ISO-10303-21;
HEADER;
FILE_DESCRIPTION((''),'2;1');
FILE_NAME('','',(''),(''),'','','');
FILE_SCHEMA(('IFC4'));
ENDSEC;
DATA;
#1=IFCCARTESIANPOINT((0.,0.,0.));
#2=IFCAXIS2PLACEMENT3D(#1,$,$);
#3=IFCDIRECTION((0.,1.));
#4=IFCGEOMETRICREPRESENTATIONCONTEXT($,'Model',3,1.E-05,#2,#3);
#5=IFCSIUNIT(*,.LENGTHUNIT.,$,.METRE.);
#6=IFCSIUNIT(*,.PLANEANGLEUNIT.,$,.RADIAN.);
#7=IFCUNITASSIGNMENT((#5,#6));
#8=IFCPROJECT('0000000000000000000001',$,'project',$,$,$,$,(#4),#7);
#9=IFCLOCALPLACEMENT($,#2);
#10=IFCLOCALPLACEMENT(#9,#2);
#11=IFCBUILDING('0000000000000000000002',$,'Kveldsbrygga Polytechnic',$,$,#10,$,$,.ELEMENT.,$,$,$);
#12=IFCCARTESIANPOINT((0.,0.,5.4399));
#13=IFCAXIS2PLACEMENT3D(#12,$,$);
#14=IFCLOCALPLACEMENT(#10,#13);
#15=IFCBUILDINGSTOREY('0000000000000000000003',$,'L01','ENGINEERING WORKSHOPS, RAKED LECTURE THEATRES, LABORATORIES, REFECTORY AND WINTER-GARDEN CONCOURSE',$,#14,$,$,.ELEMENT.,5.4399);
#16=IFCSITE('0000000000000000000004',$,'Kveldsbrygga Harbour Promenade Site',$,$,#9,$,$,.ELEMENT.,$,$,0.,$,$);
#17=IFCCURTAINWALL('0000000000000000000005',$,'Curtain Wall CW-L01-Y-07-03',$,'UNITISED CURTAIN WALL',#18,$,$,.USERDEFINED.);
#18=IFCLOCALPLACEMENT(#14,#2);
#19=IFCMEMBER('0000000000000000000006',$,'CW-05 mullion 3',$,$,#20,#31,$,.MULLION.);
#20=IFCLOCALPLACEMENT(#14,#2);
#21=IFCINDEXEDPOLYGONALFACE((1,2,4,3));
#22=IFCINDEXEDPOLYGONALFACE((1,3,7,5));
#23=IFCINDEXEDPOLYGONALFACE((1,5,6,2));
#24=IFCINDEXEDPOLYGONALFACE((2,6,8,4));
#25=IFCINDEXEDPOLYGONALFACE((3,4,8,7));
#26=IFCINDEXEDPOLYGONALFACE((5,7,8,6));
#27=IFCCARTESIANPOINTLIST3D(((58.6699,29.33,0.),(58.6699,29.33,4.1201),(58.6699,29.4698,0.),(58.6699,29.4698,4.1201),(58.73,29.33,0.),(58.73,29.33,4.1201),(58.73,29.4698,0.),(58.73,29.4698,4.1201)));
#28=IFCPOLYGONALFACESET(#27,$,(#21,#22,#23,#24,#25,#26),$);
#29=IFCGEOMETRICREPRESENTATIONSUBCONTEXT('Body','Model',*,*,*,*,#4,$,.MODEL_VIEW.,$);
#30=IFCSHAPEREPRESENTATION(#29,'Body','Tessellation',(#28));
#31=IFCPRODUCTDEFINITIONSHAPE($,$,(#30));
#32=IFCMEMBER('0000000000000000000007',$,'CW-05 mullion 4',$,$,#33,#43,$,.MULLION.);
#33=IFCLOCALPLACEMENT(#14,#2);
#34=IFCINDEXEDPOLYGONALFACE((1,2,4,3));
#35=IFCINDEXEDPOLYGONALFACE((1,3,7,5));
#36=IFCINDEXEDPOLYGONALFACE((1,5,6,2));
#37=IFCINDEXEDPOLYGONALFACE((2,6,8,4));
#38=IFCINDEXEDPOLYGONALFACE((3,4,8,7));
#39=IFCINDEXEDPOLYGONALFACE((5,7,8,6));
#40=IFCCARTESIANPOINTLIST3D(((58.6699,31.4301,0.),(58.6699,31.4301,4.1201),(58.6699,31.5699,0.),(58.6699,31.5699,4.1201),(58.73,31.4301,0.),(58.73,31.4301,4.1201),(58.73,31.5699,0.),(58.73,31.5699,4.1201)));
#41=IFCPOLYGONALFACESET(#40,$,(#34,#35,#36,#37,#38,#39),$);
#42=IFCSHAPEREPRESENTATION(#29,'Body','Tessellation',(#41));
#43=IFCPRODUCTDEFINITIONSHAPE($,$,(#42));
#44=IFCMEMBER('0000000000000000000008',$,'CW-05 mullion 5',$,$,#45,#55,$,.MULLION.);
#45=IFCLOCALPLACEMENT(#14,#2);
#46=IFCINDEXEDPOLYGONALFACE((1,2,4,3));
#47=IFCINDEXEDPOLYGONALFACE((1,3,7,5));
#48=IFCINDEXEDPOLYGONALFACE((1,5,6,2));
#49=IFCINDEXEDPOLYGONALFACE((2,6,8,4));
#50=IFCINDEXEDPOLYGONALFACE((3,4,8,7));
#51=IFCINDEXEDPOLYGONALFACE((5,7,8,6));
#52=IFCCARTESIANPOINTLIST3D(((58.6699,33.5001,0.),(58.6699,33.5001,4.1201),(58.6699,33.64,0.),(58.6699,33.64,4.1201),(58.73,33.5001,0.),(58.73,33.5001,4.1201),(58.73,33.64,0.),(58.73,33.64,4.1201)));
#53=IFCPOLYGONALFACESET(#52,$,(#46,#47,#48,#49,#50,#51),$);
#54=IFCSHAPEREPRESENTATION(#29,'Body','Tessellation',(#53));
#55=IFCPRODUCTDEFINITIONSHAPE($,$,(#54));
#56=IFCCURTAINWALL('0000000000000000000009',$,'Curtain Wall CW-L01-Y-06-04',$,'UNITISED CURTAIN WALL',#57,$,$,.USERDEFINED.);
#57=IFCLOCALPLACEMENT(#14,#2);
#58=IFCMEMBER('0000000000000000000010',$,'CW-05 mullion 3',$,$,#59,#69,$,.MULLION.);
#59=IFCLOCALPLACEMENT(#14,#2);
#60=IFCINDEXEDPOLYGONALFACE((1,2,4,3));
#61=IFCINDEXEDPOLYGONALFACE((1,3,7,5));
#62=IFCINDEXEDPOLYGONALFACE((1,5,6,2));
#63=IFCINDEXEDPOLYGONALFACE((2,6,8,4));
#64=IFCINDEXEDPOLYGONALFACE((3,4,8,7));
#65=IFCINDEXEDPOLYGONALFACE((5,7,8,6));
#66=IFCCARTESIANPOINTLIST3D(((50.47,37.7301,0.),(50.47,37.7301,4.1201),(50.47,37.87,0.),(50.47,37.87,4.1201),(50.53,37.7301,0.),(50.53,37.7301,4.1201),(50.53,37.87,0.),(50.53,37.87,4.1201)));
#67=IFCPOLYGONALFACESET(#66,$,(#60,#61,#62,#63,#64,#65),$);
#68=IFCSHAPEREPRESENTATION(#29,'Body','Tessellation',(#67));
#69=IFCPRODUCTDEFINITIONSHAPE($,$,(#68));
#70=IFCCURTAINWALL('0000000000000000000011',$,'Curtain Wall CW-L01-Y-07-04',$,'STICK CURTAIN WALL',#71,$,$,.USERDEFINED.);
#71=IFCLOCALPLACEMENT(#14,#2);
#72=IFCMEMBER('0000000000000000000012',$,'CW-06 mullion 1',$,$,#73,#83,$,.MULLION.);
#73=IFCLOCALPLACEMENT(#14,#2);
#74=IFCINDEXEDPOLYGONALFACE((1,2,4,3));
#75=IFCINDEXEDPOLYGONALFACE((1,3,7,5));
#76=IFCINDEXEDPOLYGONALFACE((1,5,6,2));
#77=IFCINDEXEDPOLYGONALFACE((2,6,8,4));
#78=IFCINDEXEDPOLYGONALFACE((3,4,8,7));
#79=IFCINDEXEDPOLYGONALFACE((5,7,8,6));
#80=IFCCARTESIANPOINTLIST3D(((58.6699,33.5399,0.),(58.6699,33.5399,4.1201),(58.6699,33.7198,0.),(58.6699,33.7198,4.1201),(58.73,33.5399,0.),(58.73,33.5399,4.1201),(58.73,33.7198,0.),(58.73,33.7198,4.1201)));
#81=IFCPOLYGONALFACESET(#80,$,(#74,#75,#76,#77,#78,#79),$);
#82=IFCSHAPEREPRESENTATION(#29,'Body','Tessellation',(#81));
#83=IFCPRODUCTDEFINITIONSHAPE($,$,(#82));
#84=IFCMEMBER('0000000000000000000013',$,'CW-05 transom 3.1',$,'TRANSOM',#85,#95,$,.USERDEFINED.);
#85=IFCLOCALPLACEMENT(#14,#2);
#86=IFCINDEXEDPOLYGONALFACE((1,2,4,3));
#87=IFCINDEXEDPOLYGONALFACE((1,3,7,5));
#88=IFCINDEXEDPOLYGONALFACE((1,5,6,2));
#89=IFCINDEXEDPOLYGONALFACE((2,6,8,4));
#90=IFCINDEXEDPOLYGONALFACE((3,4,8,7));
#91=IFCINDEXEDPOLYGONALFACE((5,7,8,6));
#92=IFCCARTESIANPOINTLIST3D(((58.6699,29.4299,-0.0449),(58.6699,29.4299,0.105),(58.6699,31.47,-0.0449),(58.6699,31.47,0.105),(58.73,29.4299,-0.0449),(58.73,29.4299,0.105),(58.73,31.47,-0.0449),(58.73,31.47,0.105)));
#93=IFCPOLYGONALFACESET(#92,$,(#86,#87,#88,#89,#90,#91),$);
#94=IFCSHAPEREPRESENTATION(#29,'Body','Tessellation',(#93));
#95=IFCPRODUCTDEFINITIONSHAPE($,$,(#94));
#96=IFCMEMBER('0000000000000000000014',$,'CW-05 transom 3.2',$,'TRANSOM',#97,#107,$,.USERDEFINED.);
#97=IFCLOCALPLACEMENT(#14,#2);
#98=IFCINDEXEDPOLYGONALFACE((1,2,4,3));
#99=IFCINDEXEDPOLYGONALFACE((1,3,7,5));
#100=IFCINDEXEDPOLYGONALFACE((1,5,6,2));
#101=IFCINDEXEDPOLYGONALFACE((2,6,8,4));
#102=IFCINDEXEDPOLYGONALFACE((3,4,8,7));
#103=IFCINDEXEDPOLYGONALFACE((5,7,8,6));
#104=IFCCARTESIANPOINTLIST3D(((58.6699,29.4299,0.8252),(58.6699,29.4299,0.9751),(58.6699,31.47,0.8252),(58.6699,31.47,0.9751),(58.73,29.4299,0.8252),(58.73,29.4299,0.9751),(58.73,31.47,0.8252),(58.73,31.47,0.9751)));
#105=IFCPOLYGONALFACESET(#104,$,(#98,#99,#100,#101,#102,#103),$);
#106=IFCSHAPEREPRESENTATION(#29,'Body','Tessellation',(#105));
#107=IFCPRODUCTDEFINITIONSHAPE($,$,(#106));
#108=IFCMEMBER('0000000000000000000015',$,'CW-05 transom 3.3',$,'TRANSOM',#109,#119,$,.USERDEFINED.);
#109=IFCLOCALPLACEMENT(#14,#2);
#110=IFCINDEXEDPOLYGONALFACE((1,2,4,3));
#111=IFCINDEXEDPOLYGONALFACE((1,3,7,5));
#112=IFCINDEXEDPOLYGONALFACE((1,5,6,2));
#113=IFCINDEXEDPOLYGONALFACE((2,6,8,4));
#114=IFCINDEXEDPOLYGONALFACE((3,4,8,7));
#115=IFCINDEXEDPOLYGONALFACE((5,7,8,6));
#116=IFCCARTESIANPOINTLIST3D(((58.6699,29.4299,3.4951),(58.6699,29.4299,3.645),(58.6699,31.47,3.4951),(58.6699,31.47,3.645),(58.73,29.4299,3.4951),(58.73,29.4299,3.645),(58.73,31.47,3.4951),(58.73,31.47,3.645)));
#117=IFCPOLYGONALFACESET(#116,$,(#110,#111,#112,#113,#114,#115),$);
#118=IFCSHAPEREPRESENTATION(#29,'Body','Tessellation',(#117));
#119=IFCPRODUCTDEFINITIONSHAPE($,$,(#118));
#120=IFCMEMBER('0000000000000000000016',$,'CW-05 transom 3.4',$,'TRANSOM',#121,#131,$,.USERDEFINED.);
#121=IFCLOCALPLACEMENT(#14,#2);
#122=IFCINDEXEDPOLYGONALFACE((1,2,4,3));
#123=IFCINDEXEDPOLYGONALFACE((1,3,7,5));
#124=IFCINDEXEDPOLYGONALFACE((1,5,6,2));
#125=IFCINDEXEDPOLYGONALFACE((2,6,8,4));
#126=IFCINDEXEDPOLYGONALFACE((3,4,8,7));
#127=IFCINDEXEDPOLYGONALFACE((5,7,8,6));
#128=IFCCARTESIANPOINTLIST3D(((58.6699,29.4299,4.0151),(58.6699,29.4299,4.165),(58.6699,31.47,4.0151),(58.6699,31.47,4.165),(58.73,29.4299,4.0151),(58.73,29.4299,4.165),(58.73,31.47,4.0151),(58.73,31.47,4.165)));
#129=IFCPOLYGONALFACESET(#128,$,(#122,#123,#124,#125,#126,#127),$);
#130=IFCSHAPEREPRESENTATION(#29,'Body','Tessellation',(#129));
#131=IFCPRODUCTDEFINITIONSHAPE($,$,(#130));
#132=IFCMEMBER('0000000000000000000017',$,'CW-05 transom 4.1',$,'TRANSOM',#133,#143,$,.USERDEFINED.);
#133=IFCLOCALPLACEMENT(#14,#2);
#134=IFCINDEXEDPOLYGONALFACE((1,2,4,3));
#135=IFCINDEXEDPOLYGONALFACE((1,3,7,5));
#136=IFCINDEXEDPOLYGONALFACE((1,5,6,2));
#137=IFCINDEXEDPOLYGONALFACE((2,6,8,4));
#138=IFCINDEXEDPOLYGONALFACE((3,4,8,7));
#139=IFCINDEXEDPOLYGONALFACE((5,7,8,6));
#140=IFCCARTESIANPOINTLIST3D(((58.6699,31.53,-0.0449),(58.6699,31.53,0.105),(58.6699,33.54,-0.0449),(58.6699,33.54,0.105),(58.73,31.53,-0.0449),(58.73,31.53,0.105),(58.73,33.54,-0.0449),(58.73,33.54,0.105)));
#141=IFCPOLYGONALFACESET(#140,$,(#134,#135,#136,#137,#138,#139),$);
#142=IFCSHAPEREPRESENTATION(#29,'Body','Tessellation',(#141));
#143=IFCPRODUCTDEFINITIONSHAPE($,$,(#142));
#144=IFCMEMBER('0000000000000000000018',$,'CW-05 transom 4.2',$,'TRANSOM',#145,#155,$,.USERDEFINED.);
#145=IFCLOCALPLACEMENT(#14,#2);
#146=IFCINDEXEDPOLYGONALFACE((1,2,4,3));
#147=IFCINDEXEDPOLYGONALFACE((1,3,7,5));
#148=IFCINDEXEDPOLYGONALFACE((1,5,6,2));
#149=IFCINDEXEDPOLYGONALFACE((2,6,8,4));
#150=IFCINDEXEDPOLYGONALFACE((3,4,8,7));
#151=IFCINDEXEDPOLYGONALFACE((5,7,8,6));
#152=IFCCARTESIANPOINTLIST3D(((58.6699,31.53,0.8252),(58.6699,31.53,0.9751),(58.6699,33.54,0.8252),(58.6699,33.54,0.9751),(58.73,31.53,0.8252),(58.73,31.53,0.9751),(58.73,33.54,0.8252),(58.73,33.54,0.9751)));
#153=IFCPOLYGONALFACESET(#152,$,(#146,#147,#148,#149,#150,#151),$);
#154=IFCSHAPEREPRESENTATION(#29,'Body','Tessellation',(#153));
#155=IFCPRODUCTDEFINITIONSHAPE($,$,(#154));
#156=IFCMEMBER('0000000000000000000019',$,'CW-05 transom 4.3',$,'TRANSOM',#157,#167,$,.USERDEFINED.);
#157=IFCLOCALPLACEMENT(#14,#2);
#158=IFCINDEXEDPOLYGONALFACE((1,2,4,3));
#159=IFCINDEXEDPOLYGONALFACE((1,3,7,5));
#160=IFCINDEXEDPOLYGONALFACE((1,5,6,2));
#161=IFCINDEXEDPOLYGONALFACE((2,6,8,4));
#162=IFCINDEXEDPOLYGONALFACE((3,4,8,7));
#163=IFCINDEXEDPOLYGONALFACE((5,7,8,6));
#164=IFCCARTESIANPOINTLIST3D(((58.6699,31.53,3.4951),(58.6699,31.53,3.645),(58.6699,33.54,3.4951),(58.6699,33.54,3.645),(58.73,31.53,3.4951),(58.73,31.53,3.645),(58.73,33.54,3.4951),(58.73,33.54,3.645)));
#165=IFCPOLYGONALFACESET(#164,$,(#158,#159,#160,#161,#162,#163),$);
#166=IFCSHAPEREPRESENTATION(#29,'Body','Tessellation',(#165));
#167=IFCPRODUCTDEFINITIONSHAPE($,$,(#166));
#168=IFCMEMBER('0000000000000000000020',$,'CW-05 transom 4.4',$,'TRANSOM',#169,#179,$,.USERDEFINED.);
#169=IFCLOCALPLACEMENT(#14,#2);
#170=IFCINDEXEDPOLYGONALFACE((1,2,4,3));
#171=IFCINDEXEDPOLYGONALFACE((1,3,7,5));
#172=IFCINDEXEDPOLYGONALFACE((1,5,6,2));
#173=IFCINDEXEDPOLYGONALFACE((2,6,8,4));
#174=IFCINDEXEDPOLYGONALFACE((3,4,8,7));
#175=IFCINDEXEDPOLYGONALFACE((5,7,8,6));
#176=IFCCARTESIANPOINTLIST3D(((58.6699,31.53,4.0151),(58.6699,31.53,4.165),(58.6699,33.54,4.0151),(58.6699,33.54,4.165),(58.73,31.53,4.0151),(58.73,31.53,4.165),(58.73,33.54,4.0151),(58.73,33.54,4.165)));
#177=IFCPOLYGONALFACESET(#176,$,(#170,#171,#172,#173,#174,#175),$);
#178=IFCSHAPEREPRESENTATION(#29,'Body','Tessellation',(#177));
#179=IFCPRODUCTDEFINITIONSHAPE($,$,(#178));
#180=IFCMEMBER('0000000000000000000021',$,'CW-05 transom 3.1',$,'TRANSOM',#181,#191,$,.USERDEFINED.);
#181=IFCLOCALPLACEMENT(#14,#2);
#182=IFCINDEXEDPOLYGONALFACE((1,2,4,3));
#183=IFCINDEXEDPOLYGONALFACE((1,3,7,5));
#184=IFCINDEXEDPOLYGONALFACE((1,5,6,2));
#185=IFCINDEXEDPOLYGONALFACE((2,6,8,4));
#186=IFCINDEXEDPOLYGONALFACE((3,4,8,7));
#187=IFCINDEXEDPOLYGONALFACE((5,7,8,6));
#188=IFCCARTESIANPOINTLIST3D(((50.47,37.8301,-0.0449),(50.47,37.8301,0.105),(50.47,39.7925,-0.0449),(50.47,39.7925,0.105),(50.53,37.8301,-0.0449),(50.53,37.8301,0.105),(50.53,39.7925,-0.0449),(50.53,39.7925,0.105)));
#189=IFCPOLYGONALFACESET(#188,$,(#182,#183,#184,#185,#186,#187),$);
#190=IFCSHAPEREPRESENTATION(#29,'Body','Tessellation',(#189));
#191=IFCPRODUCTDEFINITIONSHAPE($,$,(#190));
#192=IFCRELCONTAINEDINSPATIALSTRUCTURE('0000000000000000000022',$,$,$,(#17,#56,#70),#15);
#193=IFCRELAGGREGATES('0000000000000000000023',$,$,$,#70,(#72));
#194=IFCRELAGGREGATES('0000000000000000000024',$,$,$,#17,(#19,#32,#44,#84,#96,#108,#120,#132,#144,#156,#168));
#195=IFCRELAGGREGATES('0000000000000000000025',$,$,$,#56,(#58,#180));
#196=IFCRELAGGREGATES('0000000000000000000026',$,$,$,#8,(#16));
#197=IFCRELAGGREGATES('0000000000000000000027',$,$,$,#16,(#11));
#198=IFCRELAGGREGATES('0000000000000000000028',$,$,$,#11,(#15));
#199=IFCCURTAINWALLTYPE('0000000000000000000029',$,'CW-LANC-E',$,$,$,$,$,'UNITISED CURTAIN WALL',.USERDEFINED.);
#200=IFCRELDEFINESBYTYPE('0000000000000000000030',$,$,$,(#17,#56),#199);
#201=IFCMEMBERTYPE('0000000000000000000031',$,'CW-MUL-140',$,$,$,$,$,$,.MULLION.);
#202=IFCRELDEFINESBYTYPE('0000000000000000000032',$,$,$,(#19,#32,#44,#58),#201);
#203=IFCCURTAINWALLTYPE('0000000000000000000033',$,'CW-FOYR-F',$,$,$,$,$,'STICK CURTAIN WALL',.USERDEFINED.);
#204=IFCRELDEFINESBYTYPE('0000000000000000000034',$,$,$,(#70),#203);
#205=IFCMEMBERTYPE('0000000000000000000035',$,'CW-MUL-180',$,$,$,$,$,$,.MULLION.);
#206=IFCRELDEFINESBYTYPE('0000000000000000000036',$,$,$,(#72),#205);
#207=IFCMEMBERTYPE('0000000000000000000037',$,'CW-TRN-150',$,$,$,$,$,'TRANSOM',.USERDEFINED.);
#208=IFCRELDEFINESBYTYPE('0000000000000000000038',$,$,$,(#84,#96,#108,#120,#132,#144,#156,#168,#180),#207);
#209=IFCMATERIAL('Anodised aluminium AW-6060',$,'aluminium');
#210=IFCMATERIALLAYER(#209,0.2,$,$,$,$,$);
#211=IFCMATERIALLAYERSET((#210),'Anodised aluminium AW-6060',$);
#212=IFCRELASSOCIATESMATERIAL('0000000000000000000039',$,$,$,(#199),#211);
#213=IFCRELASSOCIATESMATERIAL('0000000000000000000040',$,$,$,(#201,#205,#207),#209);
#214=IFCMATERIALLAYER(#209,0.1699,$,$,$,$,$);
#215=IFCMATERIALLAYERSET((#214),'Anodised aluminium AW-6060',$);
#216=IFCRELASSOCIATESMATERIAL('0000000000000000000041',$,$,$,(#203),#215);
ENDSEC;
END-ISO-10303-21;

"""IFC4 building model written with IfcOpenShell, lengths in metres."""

from ifc_helpers import new_model, si_unit, direction, frame, origin, origin_2d, place, context, subcontext, project, spatial, rectangle, extrude, material, layer, layer_set, material_profile, profile_set, type_object, element, aggregate, save


model = new_model("IFC4")

# Units and contexts
model_context = context("Model", 3, precision=1e-05, world=origin(), true_north=direction((0.0, 1.0)))
body_context = subcontext(model_context, "Body", "Model", "MODEL_VIEW")
ifc_project = project(units=[si_unit("LENGTHUNIT", "METRE"), si_unit("PLANEANGLEUNIT", "RADIAN")], contexts=[model_context])

# Site, building, storey
site_placement = place(None, origin())
site = spatial("IfcSite", under=ifc_project, at=site_placement, Name="Kveldsbrygga Harbour Promenade Site", CompositionType="ELEMENT", RefElevation=0.0)
building_placement = place(site_placement, origin())
building = spatial("IfcBuilding", under=site, at=building_placement, Name="Kveldsbrygga Polytechnic", CompositionType="ELEMENT")
storey_placement = place(building_placement, frame((0.0, 0.0, 5.4399)))
storey = spatial("IfcBuildingStorey", under=building, at=storey_placement, Name="L01", Description="ENGINEERING WORKSHOPS, RAKED LECTURE THEATRES, LABORATORIES, REFECTORY AND WINTER-GARDEN CONCOURSE", CompositionType="ELEMENT", Elevation=5.4399)

# Curtain wall, members
ifc_material_1 = material(Name="Anodised aluminium AW-6060", Category="aluminium")
ifc_layer_1 = layer(ifc_material_1, 0.2)
ifc_layer_set_1 = layer_set([ifc_layer_1], Name="Anodised aluminium AW-6060")
curtain_wall_type_1 = type_object("IfcCurtainWallType", Name="CW-LANC-E", ElementType="UNITISED CURTAIN WALL", PredefinedType="USERDEFINED", material=ifc_layer_set_1)
curtain_wall_1_placement = place(storey_placement, origin())
curtain_wall_1 = element("IfcCurtainWall", 1, at=curtain_wall_1_placement, inside=storey, type_object=curtain_wall_type_1, Name="Curtain Wall CW-L01-Y-07-03", ObjectType="UNITISED CURTAIN WALL", PredefinedType="USERDEFINED")
ifc_material_profile_1 = material_profile(ifc_material_1, rectangle(XDim=0.0601, YDim=0.1399, at=origin_2d()), Name="ALU 60x140")
ifc_profile_set_1 = profile_set([ifc_material_profile_1], Name="Anodised aluminium AW-6060")
member_type_1 = type_object("IfcMemberType", Name="CW-MUL-140", PredefinedType="MULLION", material=ifc_profile_set_1)
member_1_placement = place(storey_placement, frame((58.7, 29.3999, 0.0), z_axis=(0.0, 0.0, 1.0), x_axis=(-1.0, 0.0, 0.0)))
member_1 = element("IfcMember", 2, at=member_1_placement, type_object=member_type_1, Name="CW-05 mullion 3", PredefinedType="MULLION", context=body_context, shape_type="SweptSolid", body=[
    extrude(rectangle(XDim=0.0601, YDim=0.1399, at=origin_2d()), origin(), (0.0, 0.0, 1.0), 4.1201),
])
member_2_placement = place(storey_placement, frame((58.7, 31.5, 0.0), z_axis=(0.0, 0.0, 1.0), x_axis=(-1.0, 0.0, 0.0)))
member_2 = element("IfcMember", 3, at=member_2_placement, type_object=member_type_1, Name="CW-05 mullion 4", PredefinedType="MULLION", context=body_context, shape_type="SweptSolid", body=[
    extrude(rectangle(XDim=0.0601, YDim=0.1399, at=origin_2d()), origin(), (0.0, 0.0, 1.0), 4.1201),
])
member_3_placement = place(storey_placement, frame((58.7, 33.5701, 0.0), z_axis=(0.0, 0.0, 1.0), x_axis=(-1.0, 0.0, 0.0)))
member_3 = element("IfcMember", 4, at=member_3_placement, type_object=member_type_1, Name="CW-05 mullion 5", PredefinedType="MULLION", context=body_context, shape_type="SweptSolid", body=[
    extrude(rectangle(XDim=0.0601, YDim=0.1399, at=origin_2d()), origin(), (0.0, 0.0, 1.0), 4.1201),
])

# Curtain walls, members
curtain_wall_2_placement = place(storey_placement, origin())
curtain_wall_2 = element("IfcCurtainWall", 5, at=curtain_wall_2_placement, inside=storey, type_object=curtain_wall_type_1, Name="Curtain Wall CW-L01-Y-06-04", ObjectType="UNITISED CURTAIN WALL", PredefinedType="USERDEFINED")
member_4_placement = place(storey_placement, frame((50.5, 37.8, 0.0), z_axis=(0.0, 0.0, 1.0), x_axis=(-1.0, 0.0, 0.0)))
member_4 = element("IfcMember", 6, at=member_4_placement, type_object=member_type_1, Name="CW-05 mullion 3", PredefinedType="MULLION", context=body_context, shape_type="SweptSolid", body=[
    extrude(rectangle(XDim=0.0601, YDim=0.1399, at=origin_2d()), origin(), (0.0, 0.0, 1.0), 4.1201),
])
ifc_layer_2 = layer(ifc_material_1, 0.1699)
ifc_layer_set_2 = layer_set([ifc_layer_2], Name="Anodised aluminium AW-6060")
curtain_wall_type_2 = type_object("IfcCurtainWallType", Name="CW-FOYR-F", ElementType="STICK CURTAIN WALL", PredefinedType="USERDEFINED", material=ifc_layer_set_2)
curtain_wall_3_placement = place(storey_placement, origin())
curtain_wall_3 = element("IfcCurtainWall", 7, at=curtain_wall_3_placement, inside=storey, type_object=curtain_wall_type_2, Name="Curtain Wall CW-L01-Y-07-04", ObjectType="STICK CURTAIN WALL", PredefinedType="USERDEFINED")
ifc_material_profile_2 = material_profile(ifc_material_1, rectangle(XDim=0.0601, YDim=0.1799, at=origin_2d()), Name="ALU 60x180")
ifc_profile_set_2 = profile_set([ifc_material_profile_2], Name="Anodised aluminium AW-6060")
member_type_2 = type_object("IfcMemberType", Name="CW-MUL-180", PredefinedType="MULLION", material=ifc_profile_set_2)
member_5_placement = place(storey_placement, frame((58.7, 33.6299, 0.0), z_axis=(0.0, 0.0, 1.0), x_axis=(-1.0, 0.0, 0.0)))
member_5 = element("IfcMember", 8, at=member_5_placement, type_object=member_type_2, Name="CW-06 mullion 1", PredefinedType="MULLION", context=body_context, shape_type="SweptSolid", body=[
    extrude(rectangle(XDim=0.0601, YDim=0.1799, at=origin_2d()), origin(), (0.0, 0.0, 1.0), 4.1201),
])

# Members
ifc_material_profile_3 = material_profile(ifc_material_1, rectangle(XDim=0.0601, YDim=0.1499, at=origin_2d()), Name="ALU 60x150")
ifc_profile_set_3 = profile_set([ifc_material_profile_3], Name="Anodised aluminium AW-6060")
member_type_3 = type_object("IfcMemberType", Name="CW-TRN-150", ElementType="TRANSOM", PredefinedType="USERDEFINED", material=ifc_profile_set_3)
member_6_placement = place(storey_placement, frame((58.7, 29.4299, 0.03), z_axis=(0.0, 1.0, 0.0), x_axis=(-1.0, 0.0, 0.0)))
member_6 = element("IfcMember", 9, at=member_6_placement, type_object=member_type_3, Name="CW-05 transom 3.1", ObjectType="TRANSOM", PredefinedType="USERDEFINED", context=body_context, shape_type="SweptSolid", body=[
    extrude(rectangle(XDim=0.0601, YDim=0.1499, at=origin_2d()), origin(), (0.0, 0.0, 1.0), 2.04),
])
member_7_placement = place(storey_placement, frame((58.7, 29.4299, 0.9001), z_axis=(0.0, 1.0, 0.0), x_axis=(-1.0, 0.0, 0.0)))
member_7 = element("IfcMember", 10, at=member_7_placement, type_object=member_type_3, Name="CW-05 transom 3.2", ObjectType="TRANSOM", PredefinedType="USERDEFINED", context=body_context, shape_type="SweptSolid", body=[
    extrude(rectangle(XDim=0.0601, YDim=0.1499, at=origin_2d()), origin(), (0.0, 0.0, 1.0), 2.04),
])
member_8_placement = place(storey_placement, frame((58.7, 29.4299, 3.5701), z_axis=(0.0, 1.0, 0.0), x_axis=(-1.0, 0.0, 0.0)))
member_8 = element("IfcMember", 11, at=member_8_placement, type_object=member_type_3, Name="CW-05 transom 3.3", ObjectType="TRANSOM", PredefinedType="USERDEFINED", context=body_context, shape_type="SweptSolid", body=[
    extrude(rectangle(XDim=0.0601, YDim=0.1499, at=origin_2d()), origin(), (0.0, 0.0, 1.0), 2.04),
])
member_9_placement = place(storey_placement, frame((58.7, 29.4299, 4.0901), z_axis=(0.0, 1.0, 0.0), x_axis=(-1.0, 0.0, 0.0)))
member_9 = element("IfcMember", 12, at=member_9_placement, type_object=member_type_3, Name="CW-05 transom 3.4", ObjectType="TRANSOM", PredefinedType="USERDEFINED", context=body_context, shape_type="SweptSolid", body=[
    extrude(rectangle(XDim=0.0601, YDim=0.1499, at=origin_2d()), origin(), (0.0, 0.0, 1.0), 2.04),
])
member_10_placement = place(storey_placement, frame((58.7, 31.53, 0.03), z_axis=(0.0, 1.0, 0.0), x_axis=(-1.0, 0.0, 0.0)))
member_10 = element("IfcMember", 13, at=member_10_placement, type_object=member_type_3, Name="CW-05 transom 4.1", ObjectType="TRANSOM", PredefinedType="USERDEFINED", context=body_context, shape_type="SweptSolid", body=[
    extrude(rectangle(XDim=0.0601, YDim=0.1499, at=origin_2d()), origin(), (0.0, 0.0, 1.0), 2.01),
])
member_11_placement = place(storey_placement, frame((58.7, 31.53, 0.9001), z_axis=(0.0, 1.0, 0.0), x_axis=(-1.0, 0.0, 0.0)))
member_11 = element("IfcMember", 14, at=member_11_placement, type_object=member_type_3, Name="CW-05 transom 4.2", ObjectType="TRANSOM", PredefinedType="USERDEFINED", context=body_context, shape_type="SweptSolid", body=[
    extrude(rectangle(XDim=0.0601, YDim=0.1499, at=origin_2d()), origin(), (0.0, 0.0, 1.0), 2.01),
])
member_12_placement = place(storey_placement, frame((58.7, 31.53, 3.5701), z_axis=(0.0, 1.0, 0.0), x_axis=(-1.0, 0.0, 0.0)))
member_12 = element("IfcMember", 15, at=member_12_placement, type_object=member_type_3, Name="CW-05 transom 4.3", ObjectType="TRANSOM", PredefinedType="USERDEFINED", context=body_context, shape_type="SweptSolid", body=[
    extrude(rectangle(XDim=0.0601, YDim=0.1499, at=origin_2d()), origin(), (0.0, 0.0, 1.0), 2.01),
])
member_13_placement = place(storey_placement, frame((58.7, 31.53, 4.0901), z_axis=(0.0, 1.0, 0.0), x_axis=(-1.0, 0.0, 0.0)))
member_13 = element("IfcMember", 16, at=member_13_placement, type_object=member_type_3, Name="CW-05 transom 4.4", ObjectType="TRANSOM", PredefinedType="USERDEFINED", context=body_context, shape_type="SweptSolid", body=[
    extrude(rectangle(XDim=0.0601, YDim=0.1499, at=origin_2d()), origin(), (0.0, 0.0, 1.0), 2.01),
])
member_14_placement = place(storey_placement, frame((50.5, 37.8301, 0.03), z_axis=(0.0, 1.0, 0.0), x_axis=(-1.0, 0.0, 0.0)))
member_14 = element("IfcMember", 17, at=member_14_placement, type_object=member_type_3, Name="CW-05 transom 3.1", ObjectType="TRANSOM", PredefinedType="USERDEFINED", context=body_context, shape_type="SweptSolid", body=[
    extrude(rectangle(XDim=0.0601, YDim=0.1499, at=origin_2d()), origin(), (0.0, 0.0, 1.0), 1.9624),
])
aggregate(curtain_wall_3, [member_5])

aggregate(curtain_wall_1, [member_1, member_2, member_3, member_6, member_7, member_8, member_9, member_10, member_11, member_12, member_13])
aggregate(curtain_wall_2, [member_4, member_14])

save(model, "model.ifc")
